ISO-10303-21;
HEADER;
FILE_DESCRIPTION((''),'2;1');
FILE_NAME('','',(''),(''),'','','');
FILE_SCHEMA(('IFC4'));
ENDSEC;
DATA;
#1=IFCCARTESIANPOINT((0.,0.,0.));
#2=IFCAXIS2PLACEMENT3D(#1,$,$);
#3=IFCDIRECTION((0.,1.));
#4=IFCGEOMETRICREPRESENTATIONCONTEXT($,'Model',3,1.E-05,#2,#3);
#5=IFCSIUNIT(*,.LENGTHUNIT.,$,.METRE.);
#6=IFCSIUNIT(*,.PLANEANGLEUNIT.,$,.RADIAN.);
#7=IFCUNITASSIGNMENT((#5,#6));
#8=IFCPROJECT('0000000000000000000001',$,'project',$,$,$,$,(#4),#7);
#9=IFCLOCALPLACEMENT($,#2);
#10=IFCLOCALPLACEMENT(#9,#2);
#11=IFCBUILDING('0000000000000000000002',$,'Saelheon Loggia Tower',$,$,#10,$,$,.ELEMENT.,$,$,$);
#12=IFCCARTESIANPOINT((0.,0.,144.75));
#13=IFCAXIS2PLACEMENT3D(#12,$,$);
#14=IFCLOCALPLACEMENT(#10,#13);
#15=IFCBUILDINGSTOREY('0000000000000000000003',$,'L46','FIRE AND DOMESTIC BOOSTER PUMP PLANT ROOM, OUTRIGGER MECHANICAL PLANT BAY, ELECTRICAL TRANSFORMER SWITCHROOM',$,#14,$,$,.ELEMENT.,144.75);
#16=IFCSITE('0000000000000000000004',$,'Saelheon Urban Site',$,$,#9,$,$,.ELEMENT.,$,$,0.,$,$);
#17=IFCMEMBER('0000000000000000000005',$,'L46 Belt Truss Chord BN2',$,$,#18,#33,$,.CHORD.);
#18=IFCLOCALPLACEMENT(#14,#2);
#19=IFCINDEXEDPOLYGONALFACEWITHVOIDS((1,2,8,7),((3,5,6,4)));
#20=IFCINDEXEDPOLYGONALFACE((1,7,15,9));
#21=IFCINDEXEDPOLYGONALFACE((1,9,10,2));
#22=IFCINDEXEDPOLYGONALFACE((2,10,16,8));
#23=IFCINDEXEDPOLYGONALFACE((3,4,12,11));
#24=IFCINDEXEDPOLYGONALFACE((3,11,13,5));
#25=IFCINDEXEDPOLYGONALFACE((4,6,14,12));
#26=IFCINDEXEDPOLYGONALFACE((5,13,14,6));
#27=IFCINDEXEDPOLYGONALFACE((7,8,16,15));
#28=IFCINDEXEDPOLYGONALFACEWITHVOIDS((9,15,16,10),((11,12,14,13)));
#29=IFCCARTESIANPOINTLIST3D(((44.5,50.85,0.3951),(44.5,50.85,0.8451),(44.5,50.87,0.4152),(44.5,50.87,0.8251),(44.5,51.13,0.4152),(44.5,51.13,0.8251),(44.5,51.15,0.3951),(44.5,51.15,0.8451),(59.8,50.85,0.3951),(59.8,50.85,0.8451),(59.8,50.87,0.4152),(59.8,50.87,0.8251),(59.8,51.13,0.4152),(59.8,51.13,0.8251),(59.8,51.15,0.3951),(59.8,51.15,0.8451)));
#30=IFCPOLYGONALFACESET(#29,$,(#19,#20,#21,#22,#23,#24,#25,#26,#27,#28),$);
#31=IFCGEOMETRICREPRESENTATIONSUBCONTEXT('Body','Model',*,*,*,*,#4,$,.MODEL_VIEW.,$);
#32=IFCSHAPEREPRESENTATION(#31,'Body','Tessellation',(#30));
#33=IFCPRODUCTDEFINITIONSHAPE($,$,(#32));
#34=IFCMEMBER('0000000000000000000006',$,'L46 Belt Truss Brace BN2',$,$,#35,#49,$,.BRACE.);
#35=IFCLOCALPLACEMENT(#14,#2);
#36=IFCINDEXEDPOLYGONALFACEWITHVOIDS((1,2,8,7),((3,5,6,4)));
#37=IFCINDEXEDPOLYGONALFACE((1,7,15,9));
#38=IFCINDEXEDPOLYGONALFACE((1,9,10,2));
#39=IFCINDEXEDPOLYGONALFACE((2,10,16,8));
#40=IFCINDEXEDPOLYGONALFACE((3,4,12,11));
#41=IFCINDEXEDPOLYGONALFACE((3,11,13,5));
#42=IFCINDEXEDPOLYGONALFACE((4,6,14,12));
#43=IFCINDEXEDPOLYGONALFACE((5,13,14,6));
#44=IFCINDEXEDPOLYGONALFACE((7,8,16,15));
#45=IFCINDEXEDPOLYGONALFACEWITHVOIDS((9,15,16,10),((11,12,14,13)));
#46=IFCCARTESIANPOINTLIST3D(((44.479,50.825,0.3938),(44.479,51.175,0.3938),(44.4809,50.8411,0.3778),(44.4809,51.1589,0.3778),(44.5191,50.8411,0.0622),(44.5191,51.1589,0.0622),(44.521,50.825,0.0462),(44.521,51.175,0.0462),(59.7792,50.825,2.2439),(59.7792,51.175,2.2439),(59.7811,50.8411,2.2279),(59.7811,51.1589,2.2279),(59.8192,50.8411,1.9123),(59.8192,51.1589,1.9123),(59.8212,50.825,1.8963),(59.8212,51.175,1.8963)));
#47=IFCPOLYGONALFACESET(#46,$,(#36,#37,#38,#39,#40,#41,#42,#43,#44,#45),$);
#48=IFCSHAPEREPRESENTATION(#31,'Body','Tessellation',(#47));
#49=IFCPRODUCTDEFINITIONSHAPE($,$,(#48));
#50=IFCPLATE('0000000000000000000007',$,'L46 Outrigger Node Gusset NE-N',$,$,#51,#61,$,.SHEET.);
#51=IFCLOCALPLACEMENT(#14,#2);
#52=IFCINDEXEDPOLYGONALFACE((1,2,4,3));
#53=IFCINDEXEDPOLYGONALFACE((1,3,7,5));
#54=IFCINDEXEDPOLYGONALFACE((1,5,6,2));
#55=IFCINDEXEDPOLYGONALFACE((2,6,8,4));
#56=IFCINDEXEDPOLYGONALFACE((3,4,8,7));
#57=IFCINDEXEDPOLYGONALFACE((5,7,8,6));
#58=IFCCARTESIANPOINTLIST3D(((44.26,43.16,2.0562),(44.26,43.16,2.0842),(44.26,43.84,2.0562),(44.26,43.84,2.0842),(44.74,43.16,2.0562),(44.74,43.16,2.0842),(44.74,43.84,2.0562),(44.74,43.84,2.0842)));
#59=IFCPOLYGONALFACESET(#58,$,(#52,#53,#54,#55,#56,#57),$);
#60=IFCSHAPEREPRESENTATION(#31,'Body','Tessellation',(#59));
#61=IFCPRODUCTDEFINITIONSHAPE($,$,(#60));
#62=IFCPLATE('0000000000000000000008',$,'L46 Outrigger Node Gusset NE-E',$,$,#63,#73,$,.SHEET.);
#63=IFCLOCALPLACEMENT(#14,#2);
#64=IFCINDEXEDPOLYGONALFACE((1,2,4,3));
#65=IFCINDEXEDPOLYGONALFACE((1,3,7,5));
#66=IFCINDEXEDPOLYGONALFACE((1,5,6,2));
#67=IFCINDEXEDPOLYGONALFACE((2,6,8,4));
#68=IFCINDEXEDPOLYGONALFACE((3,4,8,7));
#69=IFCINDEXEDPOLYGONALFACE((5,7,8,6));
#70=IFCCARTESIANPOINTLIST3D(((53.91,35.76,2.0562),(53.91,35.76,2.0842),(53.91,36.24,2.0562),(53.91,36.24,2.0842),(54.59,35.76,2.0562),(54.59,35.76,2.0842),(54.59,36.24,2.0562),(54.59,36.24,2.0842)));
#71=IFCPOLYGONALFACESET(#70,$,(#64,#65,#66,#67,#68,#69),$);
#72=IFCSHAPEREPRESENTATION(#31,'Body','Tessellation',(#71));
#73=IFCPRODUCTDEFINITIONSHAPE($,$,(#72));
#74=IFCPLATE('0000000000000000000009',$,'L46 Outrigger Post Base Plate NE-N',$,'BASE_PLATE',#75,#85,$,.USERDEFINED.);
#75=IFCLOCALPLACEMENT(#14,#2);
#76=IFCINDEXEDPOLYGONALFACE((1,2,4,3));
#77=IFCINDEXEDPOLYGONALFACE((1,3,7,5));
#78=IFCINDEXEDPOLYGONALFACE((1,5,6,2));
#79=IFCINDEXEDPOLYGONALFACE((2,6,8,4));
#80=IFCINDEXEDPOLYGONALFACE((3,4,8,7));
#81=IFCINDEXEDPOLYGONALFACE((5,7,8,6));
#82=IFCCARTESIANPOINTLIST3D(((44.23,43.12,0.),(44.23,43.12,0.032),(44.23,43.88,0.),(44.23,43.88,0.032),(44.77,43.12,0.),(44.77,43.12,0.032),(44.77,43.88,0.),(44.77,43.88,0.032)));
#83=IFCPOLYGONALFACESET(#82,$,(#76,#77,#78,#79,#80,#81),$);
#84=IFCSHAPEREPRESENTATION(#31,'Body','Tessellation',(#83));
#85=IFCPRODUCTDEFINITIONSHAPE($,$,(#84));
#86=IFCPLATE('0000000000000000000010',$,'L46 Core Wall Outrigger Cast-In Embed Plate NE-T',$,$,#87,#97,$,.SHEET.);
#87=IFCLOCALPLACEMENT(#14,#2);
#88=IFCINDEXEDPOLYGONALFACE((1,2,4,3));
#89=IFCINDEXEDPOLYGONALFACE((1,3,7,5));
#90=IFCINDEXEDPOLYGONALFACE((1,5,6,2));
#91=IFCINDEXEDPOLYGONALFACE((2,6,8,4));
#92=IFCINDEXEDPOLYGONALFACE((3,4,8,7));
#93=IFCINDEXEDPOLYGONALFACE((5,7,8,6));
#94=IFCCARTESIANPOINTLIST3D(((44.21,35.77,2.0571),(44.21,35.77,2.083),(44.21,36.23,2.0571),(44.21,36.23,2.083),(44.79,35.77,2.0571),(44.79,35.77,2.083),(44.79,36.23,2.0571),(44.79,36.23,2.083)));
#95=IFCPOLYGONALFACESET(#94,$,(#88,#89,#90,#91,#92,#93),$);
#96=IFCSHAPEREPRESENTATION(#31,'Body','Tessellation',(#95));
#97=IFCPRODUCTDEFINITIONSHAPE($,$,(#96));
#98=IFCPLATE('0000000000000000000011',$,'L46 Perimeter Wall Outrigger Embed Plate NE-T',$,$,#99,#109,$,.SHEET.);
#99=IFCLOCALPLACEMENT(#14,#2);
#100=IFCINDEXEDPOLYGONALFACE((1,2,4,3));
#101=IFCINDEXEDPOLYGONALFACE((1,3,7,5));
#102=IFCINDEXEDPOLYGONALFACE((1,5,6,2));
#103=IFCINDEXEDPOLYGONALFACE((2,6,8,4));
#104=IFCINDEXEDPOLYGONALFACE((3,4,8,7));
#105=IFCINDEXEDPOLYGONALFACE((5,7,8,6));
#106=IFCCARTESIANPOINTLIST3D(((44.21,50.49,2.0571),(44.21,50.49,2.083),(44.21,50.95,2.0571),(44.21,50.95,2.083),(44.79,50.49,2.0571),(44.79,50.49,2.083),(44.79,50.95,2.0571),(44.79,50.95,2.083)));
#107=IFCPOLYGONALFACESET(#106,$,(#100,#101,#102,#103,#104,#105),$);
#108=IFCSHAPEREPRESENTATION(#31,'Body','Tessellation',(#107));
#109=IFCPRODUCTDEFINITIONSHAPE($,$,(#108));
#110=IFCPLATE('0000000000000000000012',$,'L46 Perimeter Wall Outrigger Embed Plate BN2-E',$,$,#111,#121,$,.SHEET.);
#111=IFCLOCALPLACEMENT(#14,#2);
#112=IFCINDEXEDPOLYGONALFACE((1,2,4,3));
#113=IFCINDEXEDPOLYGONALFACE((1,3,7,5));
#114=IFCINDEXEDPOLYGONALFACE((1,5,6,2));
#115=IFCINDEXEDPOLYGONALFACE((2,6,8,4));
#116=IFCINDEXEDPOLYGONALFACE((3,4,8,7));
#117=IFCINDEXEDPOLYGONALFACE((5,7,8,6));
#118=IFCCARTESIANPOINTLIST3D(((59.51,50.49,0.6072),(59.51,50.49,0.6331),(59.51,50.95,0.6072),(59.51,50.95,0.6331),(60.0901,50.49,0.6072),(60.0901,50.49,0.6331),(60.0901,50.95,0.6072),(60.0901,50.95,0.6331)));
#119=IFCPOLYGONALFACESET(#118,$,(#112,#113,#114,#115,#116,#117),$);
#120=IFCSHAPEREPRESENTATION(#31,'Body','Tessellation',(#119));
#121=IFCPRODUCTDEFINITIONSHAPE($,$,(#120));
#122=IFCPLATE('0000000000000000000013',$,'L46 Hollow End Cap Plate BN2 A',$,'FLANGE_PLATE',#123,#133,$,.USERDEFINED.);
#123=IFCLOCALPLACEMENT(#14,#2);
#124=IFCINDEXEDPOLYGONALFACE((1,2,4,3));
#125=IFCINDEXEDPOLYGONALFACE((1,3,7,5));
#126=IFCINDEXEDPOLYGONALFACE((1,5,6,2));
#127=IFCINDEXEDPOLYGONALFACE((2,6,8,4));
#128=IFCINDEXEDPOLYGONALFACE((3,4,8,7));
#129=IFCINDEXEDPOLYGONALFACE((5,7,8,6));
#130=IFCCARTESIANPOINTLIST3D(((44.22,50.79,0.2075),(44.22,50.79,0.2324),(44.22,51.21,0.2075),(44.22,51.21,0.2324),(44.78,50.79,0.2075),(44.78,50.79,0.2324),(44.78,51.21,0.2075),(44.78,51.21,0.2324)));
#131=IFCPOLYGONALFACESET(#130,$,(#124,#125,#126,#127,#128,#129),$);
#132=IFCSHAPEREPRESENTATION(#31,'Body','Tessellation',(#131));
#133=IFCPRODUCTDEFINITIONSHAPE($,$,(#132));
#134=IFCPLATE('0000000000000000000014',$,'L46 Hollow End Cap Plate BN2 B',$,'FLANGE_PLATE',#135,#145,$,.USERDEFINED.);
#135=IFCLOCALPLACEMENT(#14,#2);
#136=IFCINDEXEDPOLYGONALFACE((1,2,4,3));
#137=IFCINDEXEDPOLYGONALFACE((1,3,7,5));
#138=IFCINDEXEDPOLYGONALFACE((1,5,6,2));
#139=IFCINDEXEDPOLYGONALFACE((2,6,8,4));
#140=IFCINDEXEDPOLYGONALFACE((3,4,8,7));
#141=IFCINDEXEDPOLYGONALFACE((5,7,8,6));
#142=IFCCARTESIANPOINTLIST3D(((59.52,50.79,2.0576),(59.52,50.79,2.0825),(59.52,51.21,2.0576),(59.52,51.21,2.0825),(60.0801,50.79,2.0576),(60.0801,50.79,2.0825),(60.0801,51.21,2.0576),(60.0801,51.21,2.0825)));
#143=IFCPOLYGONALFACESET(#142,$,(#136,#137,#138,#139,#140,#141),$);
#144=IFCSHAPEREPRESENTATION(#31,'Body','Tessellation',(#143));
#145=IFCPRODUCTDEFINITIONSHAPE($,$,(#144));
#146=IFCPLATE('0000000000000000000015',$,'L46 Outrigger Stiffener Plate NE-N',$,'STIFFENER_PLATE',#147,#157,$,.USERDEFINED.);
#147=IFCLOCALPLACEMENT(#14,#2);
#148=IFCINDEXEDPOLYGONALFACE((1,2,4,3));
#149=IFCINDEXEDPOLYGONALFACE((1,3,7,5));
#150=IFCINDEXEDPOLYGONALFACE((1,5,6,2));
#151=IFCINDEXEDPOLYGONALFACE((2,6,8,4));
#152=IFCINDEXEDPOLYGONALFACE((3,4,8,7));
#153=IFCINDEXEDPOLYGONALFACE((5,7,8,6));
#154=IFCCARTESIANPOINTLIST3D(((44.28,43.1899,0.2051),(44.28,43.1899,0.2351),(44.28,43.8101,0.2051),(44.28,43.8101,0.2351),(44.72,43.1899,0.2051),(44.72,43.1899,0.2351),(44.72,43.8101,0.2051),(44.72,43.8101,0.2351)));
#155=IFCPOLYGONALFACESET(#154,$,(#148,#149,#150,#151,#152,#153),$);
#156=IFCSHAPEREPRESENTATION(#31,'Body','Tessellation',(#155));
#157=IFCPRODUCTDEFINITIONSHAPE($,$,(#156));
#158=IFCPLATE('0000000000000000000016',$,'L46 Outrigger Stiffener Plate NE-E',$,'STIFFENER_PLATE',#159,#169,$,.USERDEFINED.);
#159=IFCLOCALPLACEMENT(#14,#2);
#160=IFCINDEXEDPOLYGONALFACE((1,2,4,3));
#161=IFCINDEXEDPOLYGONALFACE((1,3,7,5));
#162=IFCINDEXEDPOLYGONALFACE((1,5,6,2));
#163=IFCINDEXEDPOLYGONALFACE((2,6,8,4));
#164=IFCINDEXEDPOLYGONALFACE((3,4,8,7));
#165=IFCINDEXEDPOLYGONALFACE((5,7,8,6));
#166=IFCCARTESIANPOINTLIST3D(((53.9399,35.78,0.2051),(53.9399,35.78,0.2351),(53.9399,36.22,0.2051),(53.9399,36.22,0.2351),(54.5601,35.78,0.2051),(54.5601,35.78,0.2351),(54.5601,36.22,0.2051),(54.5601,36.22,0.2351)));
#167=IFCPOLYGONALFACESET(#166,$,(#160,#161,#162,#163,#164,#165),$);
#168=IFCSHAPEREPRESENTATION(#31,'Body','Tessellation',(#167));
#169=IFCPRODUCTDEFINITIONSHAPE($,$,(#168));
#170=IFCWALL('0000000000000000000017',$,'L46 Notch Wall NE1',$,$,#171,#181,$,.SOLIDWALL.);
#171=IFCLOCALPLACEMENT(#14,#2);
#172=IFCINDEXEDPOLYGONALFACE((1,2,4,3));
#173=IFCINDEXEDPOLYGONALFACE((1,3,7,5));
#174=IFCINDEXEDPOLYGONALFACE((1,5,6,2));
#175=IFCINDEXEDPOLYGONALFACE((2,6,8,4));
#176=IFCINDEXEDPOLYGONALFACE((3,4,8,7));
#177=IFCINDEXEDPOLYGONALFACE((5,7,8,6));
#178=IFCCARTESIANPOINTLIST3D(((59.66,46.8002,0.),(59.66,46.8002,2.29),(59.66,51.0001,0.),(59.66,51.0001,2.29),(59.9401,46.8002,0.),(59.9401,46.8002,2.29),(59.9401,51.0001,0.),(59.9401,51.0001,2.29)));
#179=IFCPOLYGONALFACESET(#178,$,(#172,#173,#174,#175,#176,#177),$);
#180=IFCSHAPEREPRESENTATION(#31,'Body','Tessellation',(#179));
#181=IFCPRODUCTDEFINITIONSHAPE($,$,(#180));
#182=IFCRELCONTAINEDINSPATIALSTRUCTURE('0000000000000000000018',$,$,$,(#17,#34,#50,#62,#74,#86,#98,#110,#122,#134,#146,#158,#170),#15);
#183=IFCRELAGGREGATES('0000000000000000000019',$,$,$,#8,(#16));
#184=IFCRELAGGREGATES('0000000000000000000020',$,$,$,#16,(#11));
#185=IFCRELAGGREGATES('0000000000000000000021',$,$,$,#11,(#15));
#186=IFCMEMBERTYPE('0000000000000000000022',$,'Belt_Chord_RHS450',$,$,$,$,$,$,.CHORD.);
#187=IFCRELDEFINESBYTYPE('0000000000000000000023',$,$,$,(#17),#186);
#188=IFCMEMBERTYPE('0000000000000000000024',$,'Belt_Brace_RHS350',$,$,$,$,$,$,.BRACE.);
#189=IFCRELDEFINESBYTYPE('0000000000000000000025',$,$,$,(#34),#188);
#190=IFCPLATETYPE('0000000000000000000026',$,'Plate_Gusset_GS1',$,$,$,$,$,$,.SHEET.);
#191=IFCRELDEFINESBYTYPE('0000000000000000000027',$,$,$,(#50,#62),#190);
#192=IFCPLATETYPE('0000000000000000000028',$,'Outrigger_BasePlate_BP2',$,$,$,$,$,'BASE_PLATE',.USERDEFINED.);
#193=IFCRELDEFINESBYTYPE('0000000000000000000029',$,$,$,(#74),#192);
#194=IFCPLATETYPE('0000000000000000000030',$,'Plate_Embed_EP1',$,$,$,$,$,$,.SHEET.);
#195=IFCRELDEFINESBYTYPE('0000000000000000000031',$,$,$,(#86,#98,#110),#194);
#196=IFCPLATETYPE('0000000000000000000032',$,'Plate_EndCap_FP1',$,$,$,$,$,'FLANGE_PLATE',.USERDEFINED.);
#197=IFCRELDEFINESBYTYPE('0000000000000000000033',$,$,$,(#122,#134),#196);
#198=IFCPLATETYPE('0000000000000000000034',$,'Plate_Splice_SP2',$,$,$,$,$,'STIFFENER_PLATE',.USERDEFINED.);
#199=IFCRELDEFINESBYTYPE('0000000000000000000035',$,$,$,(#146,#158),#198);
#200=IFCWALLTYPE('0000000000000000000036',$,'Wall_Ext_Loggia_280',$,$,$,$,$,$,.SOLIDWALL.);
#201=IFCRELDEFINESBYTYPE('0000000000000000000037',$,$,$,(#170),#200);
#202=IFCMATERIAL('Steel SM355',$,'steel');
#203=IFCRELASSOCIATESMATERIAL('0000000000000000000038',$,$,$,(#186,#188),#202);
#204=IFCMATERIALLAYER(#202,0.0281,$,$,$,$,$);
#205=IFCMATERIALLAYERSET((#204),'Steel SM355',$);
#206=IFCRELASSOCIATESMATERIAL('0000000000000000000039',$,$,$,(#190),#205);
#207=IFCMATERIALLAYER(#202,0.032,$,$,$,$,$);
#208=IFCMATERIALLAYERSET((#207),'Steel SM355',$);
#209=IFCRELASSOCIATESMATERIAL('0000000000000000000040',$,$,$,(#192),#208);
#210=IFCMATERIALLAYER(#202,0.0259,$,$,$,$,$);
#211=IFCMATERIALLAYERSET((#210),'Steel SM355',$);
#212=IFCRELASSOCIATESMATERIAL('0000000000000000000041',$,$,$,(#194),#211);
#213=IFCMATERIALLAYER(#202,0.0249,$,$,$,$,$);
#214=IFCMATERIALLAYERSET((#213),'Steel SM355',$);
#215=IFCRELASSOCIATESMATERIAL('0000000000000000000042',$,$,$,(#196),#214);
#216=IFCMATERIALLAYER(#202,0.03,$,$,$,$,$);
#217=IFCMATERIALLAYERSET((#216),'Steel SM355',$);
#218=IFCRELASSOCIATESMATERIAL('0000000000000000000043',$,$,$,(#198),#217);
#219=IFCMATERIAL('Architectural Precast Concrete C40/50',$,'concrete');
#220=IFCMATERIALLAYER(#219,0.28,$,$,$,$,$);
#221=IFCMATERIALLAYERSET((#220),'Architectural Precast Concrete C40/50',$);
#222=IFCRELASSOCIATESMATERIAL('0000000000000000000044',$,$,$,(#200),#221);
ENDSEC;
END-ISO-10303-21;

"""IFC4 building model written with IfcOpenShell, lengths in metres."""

from ifc_helpers import new_model, si_unit, direction, frame, frame_2d, origin, origin_2d, place, context, subcontext, project, spatial, rectangle, hollow_rectangle, extrude, source, transform, mapped, material, layer, layer_set, material_profile, profile_set, type_object, element, save


model = new_model("IFC4")

# Units and contexts
model_context = context("Model", 3, precision=1e-05, world=origin(), true_north=direction((0.0, 1.0)))
body_context = subcontext(model_context, "Body", "Model", "MODEL_VIEW")
ifc_project = project(units=[si_unit("LENGTHUNIT", "METRE"), si_unit("PLANEANGLEUNIT", "RADIAN")], contexts=[model_context])

# Site, building, storey
site_placement = place(None, origin())
site = spatial("IfcSite", under=ifc_project, at=site_placement, Name="Saelheon Urban Site", CompositionType="ELEMENT", RefElevation=0.0)
building_placement = place(site_placement, origin())
building = spatial("IfcBuilding", under=site, at=building_placement, Name="Saelheon Loggia Tower", CompositionType="ELEMENT")
storey_placement = place(building_placement, frame((0.0, 0.0, 144.75)))
storey = spatial("IfcBuildingStorey", under=building, at=storey_placement, Name="L46", Description="FIRE AND DOMESTIC BOOSTER PUMP PLANT ROOM, OUTRIGGER MECHANICAL PLANT BAY, ELECTRICAL TRANSFORMER SWITCHROOM", CompositionType="ELEMENT", Elevation=144.75)

# Shared definitions
ifc_material_1 = material(Name="Steel SM355", Category="steel")

# Members
ifc_material_profile_1 = material_profile(ifc_material_1, hollow_rectangle(XDim=0.3, YDim=0.45, WallThickness=0.02, at=origin_2d()), Name="RHS-450x300x20")
ifc_profile_set_1 = profile_set([ifc_material_profile_1], Name="Steel SM355")
member_type_1 = type_object("IfcMemberType", Name="Belt_Chord_RHS450", PredefinedType="CHORD", material=ifc_profile_set_1)
shared_shape_1 = source(origin(), body_context, "Body", "SweptSolid", [
    extrude(hollow_rectangle(XDim=0.3, YDim=0.45, WallThickness=0.02, at=origin_2d()), origin(), (0.0, 0.0, 1.0), 15.3),
])
member_1_placement = place(storey_placement, frame((44.5, 51.0, 0.6201), z_axis=(1.0, 0.0, 0.0), x_axis=(0.0, 1.0, 0.0)))
element("IfcMember", 1, at=member_1_placement, inside=storey, type_object=member_type_1, Name="L46 Belt Truss Chord BN2", PredefinedType="CHORD", context=body_context, shape_type="MappedRepresentation", body=[
    mapped(shared_shape_1, transform((0.0, 0.0, 0.0), scale=1.0)),
])
ifc_material_profile_2 = material_profile(ifc_material_1, hollow_rectangle(XDim=0.3501, YDim=0.3501, WallThickness=0.0161, at=origin_2d()), Name="RHS-350x350x16")
ifc_profile_set_2 = profile_set([ifc_material_profile_2], Name="Steel SM355")
member_type_2 = type_object("IfcMemberType", Name="Belt_Brace_RHS350", PredefinedType="BRACE", material=ifc_profile_set_2)
shared_shape_2 = source(origin(), body_context, "Body", "SweptSolid", [
    extrude(hollow_rectangle(XDim=0.3501, YDim=0.3501, WallThickness=0.0161, at=origin_2d()), origin(), (0.0, 0.0, 1.0), 15.4116),
])
member_2_placement = place(storey_placement, frame((44.5, 51.0, 0.22), z_axis=(0.992768, 0.0, 0.120047), x_axis=(0.0, 1.0, 0.0)))
element("IfcMember", 2, at=member_2_placement, inside=storey, type_object=member_type_2, Name="L46 Belt Truss Brace BN2", PredefinedType="BRACE", context=body_context, shape_type="MappedRepresentation", body=[
    mapped(shared_shape_2, transform((0.0, 0.0, 0.0), scale=1.0)),
])

# Plates
ifc_layer_1 = layer(ifc_material_1, 0.0281)
ifc_layer_set_1 = layer_set([ifc_layer_1], Name="Steel SM355")
plate_type_1 = type_object("IfcPlateType", Name="Plate_Gusset_GS1", PredefinedType="SHEET", material=ifc_layer_set_1)
shared_shape_3 = source(origin(), body_context, "Body", "SweptSolid", [
    extrude(rectangle(XDim=0.6799, YDim=0.48, at=origin_2d()), origin(), (0.0, 0.0, 1.0), 0.0281),
])
for number, where, z_axis, x_axis, name in (
    (3, (44.5, 43.5, 2.0562), (0.0, 0.0, 1.0), (0.0, 1.0, 0.0), "L46 Outrigger Node Gusset NE-N"),
    (4, (54.25, 36.0, 2.0562), (0.0, 0.0, 1.0), (1.0, 0.0, 0.0), "L46 Outrigger Node Gusset NE-E"),
):
    element("IfcPlate", number, at=place(storey_placement, frame(where, z_axis=z_axis, x_axis=x_axis)), inside=storey, type_object=plate_type_1, Name=name, PredefinedType="SHEET", context=body_context, shape_type="MappedRepresentation", body=[
        mapped(shared_shape_3, transform((0.0, 0.0, 0.0), scale=1.0)),
    ])
ifc_layer_2 = layer(ifc_material_1, 0.032)
ifc_layer_set_2 = layer_set([ifc_layer_2], Name="Steel SM355")
plate_type_2 = type_object("IfcPlateType", Name="Outrigger_BasePlate_BP2", ElementType="BASE_PLATE", PredefinedType="USERDEFINED", material=ifc_layer_set_2)
shared_shape_4 = source(origin(), body_context, "Body", "SweptSolid", [
    extrude(rectangle(XDim=0.76, YDim=0.54, at=origin_2d()), origin(), (0.0, 0.0, 1.0), 0.032),
])
plate_placement = place(storey_placement, frame((44.5, 43.5, 0.0), z_axis=(0.0, 0.0, 1.0), x_axis=(0.0, 1.0, 0.0)))
element("IfcPlate", 5, at=plate_placement, inside=storey, type_object=plate_type_2, Name="L46 Outrigger Post Base Plate NE-N", ObjectType="BASE_PLATE", PredefinedType="USERDEFINED", context=body_context, shape_type="MappedRepresentation", body=[
    mapped(shared_shape_4, transform((0.0, 0.0, 0.0), scale=1.0)),
])
ifc_layer_3 = layer(ifc_material_1, 0.0259)
ifc_layer_set_3 = layer_set([ifc_layer_3], Name="Steel SM355")
plate_type_3 = type_object("IfcPlateType", Name="Plate_Embed_EP1", PredefinedType="SHEET", material=ifc_layer_set_3)
shared_shape_5 = source(origin(), body_context, "Body", "SweptSolid", [
    extrude(rectangle(XDim=0.5801, YDim=0.46, at=origin_2d()), origin(), (0.0, 0.0, 1.0), 0.0259),
])
for number, where, z_axis, x_axis, name in (
    (6, (44.5, 36.0, 2.0571), (0.0, 0.0, 1.0), (1.0, 0.0, 0.0), "L46 Core Wall Outrigger Cast-In Embed Plate NE-T"),
    (7, (44.5, 50.72, 2.0571), (0.0, 0.0, 1.0), (1.0, 0.0, 0.0), "L46 Perimeter Wall Outrigger Embed Plate NE-T"),
    (8, (59.8, 50.72, 0.6072), (0.0, 0.0, 1.0), (1.0, 0.0, 0.0), "L46 Perimeter Wall Outrigger Embed Plate BN2-E"),
):
    element("IfcPlate", number, at=place(storey_placement, frame(where, z_axis=z_axis, x_axis=x_axis)), inside=storey, type_object=plate_type_3, Name=name, PredefinedType="SHEET", context=body_context, shape_type="MappedRepresentation", body=[
        mapped(shared_shape_5, transform((0.0, 0.0, 0.0), scale=1.0)),
    ])
ifc_layer_4 = layer(ifc_material_1, 0.0249)
ifc_layer_set_4 = layer_set([ifc_layer_4], Name="Steel SM355")
plate_type_4 = type_object("IfcPlateType", Name="Plate_EndCap_FP1", ElementType="FLANGE_PLATE", PredefinedType="USERDEFINED", material=ifc_layer_set_4)
shared_shape_6 = source(origin(), body_context, "Body", "SweptSolid", [
    extrude(rectangle(XDim=0.5601, YDim=0.4199, at=origin_2d()), origin(), (0.0, 0.0, 1.0), 0.0249),
])
for number, where, z_axis, x_axis, name in (
    (9, (44.5, 51.0, 0.2075), (0.0, 0.0, 1.0), (1.0, 0.0, 0.0), "L46 Hollow End Cap Plate BN2 A"),
    (10, (59.8, 51.0, 2.0576), (0.0, 0.0, 1.0), (1.0, 0.0, 0.0), "L46 Hollow End Cap Plate BN2 B"),
):
    element("IfcPlate", number, at=place(storey_placement, frame(where, z_axis=z_axis, x_axis=x_axis)), inside=storey, type_object=plate_type_4, Name=name, ObjectType="FLANGE_PLATE", PredefinedType="USERDEFINED", context=body_context, shape_type="MappedRepresentation", body=[
        mapped(shared_shape_6, transform((0.0, 0.0, 0.0), scale=1.0)),
    ])
ifc_layer_5 = layer(ifc_material_1, 0.03)
ifc_layer_set_5 = layer_set([ifc_layer_5], Name="Steel SM355")
plate_type_5 = type_object("IfcPlateType", Name="Plate_Splice_SP2", ElementType="STIFFENER_PLATE", PredefinedType="USERDEFINED", material=ifc_layer_set_5)
shared_shape_7 = source(origin(), body_context, "Body", "SweptSolid", [
    extrude(rectangle(XDim=0.6201, YDim=0.4399, at=origin_2d()), origin(), (0.0, 0.0, 1.0), 0.03),
])
for number, where, z_axis, x_axis, name in (
    (11, (44.5, 43.5, 0.2051), (0.0, 0.0, 1.0), (0.0, 1.0, 0.0), "L46 Outrigger Stiffener Plate NE-N"),
    (12, (54.25, 36.0, 0.2051), (0.0, 0.0, 1.0), (1.0, 0.0, 0.0), "L46 Outrigger Stiffener Plate NE-E"),
):
    element("IfcPlate", number, at=place(storey_placement, frame(where, z_axis=z_axis, x_axis=x_axis)), inside=storey, type_object=plate_type_5, Name=name, ObjectType="STIFFENER_PLATE", PredefinedType="USERDEFINED", context=body_context, shape_type="MappedRepresentation", body=[
        mapped(shared_shape_7, transform((0.0, 0.0, 0.0), scale=1.0)),
    ])

# Wall
ifc_material_2 = material(Name="Architectural Precast Concrete C40/50", Category="concrete")
ifc_layer_6 = layer(ifc_material_2, 0.28)
ifc_layer_set_6 = layer_set([ifc_layer_6], Name="Architectural Precast Concrete C40/50")
wall_type_1 = type_object("IfcWallType", Name="Wall_Ext_Loggia_280", PredefinedType="SOLIDWALL", material=ifc_layer_set_6)
for number, where, z_axis, x_axis, name in (
    (13, (59.8, 46.8, 0.0), (0.0, 0.0, 1.0), (0.0, 1.0, 0.0), "L46 Notch Wall NE1"),
):
    element("IfcWall", number, at=place(storey_placement, frame(where, z_axis=z_axis, x_axis=x_axis)), inside=storey, type_object=wall_type_1, Name=name, PredefinedType="SOLIDWALL", context=body_context, shape_type="SweptSolid", body=[
        extrude(rectangle(XDim=4.2, YDim=0.28, at=frame_2d((2.1001, 0.0))), origin(), (0.0, 0.0, 1.0), 2.29),
    ])

save(model, "model.ifc")
